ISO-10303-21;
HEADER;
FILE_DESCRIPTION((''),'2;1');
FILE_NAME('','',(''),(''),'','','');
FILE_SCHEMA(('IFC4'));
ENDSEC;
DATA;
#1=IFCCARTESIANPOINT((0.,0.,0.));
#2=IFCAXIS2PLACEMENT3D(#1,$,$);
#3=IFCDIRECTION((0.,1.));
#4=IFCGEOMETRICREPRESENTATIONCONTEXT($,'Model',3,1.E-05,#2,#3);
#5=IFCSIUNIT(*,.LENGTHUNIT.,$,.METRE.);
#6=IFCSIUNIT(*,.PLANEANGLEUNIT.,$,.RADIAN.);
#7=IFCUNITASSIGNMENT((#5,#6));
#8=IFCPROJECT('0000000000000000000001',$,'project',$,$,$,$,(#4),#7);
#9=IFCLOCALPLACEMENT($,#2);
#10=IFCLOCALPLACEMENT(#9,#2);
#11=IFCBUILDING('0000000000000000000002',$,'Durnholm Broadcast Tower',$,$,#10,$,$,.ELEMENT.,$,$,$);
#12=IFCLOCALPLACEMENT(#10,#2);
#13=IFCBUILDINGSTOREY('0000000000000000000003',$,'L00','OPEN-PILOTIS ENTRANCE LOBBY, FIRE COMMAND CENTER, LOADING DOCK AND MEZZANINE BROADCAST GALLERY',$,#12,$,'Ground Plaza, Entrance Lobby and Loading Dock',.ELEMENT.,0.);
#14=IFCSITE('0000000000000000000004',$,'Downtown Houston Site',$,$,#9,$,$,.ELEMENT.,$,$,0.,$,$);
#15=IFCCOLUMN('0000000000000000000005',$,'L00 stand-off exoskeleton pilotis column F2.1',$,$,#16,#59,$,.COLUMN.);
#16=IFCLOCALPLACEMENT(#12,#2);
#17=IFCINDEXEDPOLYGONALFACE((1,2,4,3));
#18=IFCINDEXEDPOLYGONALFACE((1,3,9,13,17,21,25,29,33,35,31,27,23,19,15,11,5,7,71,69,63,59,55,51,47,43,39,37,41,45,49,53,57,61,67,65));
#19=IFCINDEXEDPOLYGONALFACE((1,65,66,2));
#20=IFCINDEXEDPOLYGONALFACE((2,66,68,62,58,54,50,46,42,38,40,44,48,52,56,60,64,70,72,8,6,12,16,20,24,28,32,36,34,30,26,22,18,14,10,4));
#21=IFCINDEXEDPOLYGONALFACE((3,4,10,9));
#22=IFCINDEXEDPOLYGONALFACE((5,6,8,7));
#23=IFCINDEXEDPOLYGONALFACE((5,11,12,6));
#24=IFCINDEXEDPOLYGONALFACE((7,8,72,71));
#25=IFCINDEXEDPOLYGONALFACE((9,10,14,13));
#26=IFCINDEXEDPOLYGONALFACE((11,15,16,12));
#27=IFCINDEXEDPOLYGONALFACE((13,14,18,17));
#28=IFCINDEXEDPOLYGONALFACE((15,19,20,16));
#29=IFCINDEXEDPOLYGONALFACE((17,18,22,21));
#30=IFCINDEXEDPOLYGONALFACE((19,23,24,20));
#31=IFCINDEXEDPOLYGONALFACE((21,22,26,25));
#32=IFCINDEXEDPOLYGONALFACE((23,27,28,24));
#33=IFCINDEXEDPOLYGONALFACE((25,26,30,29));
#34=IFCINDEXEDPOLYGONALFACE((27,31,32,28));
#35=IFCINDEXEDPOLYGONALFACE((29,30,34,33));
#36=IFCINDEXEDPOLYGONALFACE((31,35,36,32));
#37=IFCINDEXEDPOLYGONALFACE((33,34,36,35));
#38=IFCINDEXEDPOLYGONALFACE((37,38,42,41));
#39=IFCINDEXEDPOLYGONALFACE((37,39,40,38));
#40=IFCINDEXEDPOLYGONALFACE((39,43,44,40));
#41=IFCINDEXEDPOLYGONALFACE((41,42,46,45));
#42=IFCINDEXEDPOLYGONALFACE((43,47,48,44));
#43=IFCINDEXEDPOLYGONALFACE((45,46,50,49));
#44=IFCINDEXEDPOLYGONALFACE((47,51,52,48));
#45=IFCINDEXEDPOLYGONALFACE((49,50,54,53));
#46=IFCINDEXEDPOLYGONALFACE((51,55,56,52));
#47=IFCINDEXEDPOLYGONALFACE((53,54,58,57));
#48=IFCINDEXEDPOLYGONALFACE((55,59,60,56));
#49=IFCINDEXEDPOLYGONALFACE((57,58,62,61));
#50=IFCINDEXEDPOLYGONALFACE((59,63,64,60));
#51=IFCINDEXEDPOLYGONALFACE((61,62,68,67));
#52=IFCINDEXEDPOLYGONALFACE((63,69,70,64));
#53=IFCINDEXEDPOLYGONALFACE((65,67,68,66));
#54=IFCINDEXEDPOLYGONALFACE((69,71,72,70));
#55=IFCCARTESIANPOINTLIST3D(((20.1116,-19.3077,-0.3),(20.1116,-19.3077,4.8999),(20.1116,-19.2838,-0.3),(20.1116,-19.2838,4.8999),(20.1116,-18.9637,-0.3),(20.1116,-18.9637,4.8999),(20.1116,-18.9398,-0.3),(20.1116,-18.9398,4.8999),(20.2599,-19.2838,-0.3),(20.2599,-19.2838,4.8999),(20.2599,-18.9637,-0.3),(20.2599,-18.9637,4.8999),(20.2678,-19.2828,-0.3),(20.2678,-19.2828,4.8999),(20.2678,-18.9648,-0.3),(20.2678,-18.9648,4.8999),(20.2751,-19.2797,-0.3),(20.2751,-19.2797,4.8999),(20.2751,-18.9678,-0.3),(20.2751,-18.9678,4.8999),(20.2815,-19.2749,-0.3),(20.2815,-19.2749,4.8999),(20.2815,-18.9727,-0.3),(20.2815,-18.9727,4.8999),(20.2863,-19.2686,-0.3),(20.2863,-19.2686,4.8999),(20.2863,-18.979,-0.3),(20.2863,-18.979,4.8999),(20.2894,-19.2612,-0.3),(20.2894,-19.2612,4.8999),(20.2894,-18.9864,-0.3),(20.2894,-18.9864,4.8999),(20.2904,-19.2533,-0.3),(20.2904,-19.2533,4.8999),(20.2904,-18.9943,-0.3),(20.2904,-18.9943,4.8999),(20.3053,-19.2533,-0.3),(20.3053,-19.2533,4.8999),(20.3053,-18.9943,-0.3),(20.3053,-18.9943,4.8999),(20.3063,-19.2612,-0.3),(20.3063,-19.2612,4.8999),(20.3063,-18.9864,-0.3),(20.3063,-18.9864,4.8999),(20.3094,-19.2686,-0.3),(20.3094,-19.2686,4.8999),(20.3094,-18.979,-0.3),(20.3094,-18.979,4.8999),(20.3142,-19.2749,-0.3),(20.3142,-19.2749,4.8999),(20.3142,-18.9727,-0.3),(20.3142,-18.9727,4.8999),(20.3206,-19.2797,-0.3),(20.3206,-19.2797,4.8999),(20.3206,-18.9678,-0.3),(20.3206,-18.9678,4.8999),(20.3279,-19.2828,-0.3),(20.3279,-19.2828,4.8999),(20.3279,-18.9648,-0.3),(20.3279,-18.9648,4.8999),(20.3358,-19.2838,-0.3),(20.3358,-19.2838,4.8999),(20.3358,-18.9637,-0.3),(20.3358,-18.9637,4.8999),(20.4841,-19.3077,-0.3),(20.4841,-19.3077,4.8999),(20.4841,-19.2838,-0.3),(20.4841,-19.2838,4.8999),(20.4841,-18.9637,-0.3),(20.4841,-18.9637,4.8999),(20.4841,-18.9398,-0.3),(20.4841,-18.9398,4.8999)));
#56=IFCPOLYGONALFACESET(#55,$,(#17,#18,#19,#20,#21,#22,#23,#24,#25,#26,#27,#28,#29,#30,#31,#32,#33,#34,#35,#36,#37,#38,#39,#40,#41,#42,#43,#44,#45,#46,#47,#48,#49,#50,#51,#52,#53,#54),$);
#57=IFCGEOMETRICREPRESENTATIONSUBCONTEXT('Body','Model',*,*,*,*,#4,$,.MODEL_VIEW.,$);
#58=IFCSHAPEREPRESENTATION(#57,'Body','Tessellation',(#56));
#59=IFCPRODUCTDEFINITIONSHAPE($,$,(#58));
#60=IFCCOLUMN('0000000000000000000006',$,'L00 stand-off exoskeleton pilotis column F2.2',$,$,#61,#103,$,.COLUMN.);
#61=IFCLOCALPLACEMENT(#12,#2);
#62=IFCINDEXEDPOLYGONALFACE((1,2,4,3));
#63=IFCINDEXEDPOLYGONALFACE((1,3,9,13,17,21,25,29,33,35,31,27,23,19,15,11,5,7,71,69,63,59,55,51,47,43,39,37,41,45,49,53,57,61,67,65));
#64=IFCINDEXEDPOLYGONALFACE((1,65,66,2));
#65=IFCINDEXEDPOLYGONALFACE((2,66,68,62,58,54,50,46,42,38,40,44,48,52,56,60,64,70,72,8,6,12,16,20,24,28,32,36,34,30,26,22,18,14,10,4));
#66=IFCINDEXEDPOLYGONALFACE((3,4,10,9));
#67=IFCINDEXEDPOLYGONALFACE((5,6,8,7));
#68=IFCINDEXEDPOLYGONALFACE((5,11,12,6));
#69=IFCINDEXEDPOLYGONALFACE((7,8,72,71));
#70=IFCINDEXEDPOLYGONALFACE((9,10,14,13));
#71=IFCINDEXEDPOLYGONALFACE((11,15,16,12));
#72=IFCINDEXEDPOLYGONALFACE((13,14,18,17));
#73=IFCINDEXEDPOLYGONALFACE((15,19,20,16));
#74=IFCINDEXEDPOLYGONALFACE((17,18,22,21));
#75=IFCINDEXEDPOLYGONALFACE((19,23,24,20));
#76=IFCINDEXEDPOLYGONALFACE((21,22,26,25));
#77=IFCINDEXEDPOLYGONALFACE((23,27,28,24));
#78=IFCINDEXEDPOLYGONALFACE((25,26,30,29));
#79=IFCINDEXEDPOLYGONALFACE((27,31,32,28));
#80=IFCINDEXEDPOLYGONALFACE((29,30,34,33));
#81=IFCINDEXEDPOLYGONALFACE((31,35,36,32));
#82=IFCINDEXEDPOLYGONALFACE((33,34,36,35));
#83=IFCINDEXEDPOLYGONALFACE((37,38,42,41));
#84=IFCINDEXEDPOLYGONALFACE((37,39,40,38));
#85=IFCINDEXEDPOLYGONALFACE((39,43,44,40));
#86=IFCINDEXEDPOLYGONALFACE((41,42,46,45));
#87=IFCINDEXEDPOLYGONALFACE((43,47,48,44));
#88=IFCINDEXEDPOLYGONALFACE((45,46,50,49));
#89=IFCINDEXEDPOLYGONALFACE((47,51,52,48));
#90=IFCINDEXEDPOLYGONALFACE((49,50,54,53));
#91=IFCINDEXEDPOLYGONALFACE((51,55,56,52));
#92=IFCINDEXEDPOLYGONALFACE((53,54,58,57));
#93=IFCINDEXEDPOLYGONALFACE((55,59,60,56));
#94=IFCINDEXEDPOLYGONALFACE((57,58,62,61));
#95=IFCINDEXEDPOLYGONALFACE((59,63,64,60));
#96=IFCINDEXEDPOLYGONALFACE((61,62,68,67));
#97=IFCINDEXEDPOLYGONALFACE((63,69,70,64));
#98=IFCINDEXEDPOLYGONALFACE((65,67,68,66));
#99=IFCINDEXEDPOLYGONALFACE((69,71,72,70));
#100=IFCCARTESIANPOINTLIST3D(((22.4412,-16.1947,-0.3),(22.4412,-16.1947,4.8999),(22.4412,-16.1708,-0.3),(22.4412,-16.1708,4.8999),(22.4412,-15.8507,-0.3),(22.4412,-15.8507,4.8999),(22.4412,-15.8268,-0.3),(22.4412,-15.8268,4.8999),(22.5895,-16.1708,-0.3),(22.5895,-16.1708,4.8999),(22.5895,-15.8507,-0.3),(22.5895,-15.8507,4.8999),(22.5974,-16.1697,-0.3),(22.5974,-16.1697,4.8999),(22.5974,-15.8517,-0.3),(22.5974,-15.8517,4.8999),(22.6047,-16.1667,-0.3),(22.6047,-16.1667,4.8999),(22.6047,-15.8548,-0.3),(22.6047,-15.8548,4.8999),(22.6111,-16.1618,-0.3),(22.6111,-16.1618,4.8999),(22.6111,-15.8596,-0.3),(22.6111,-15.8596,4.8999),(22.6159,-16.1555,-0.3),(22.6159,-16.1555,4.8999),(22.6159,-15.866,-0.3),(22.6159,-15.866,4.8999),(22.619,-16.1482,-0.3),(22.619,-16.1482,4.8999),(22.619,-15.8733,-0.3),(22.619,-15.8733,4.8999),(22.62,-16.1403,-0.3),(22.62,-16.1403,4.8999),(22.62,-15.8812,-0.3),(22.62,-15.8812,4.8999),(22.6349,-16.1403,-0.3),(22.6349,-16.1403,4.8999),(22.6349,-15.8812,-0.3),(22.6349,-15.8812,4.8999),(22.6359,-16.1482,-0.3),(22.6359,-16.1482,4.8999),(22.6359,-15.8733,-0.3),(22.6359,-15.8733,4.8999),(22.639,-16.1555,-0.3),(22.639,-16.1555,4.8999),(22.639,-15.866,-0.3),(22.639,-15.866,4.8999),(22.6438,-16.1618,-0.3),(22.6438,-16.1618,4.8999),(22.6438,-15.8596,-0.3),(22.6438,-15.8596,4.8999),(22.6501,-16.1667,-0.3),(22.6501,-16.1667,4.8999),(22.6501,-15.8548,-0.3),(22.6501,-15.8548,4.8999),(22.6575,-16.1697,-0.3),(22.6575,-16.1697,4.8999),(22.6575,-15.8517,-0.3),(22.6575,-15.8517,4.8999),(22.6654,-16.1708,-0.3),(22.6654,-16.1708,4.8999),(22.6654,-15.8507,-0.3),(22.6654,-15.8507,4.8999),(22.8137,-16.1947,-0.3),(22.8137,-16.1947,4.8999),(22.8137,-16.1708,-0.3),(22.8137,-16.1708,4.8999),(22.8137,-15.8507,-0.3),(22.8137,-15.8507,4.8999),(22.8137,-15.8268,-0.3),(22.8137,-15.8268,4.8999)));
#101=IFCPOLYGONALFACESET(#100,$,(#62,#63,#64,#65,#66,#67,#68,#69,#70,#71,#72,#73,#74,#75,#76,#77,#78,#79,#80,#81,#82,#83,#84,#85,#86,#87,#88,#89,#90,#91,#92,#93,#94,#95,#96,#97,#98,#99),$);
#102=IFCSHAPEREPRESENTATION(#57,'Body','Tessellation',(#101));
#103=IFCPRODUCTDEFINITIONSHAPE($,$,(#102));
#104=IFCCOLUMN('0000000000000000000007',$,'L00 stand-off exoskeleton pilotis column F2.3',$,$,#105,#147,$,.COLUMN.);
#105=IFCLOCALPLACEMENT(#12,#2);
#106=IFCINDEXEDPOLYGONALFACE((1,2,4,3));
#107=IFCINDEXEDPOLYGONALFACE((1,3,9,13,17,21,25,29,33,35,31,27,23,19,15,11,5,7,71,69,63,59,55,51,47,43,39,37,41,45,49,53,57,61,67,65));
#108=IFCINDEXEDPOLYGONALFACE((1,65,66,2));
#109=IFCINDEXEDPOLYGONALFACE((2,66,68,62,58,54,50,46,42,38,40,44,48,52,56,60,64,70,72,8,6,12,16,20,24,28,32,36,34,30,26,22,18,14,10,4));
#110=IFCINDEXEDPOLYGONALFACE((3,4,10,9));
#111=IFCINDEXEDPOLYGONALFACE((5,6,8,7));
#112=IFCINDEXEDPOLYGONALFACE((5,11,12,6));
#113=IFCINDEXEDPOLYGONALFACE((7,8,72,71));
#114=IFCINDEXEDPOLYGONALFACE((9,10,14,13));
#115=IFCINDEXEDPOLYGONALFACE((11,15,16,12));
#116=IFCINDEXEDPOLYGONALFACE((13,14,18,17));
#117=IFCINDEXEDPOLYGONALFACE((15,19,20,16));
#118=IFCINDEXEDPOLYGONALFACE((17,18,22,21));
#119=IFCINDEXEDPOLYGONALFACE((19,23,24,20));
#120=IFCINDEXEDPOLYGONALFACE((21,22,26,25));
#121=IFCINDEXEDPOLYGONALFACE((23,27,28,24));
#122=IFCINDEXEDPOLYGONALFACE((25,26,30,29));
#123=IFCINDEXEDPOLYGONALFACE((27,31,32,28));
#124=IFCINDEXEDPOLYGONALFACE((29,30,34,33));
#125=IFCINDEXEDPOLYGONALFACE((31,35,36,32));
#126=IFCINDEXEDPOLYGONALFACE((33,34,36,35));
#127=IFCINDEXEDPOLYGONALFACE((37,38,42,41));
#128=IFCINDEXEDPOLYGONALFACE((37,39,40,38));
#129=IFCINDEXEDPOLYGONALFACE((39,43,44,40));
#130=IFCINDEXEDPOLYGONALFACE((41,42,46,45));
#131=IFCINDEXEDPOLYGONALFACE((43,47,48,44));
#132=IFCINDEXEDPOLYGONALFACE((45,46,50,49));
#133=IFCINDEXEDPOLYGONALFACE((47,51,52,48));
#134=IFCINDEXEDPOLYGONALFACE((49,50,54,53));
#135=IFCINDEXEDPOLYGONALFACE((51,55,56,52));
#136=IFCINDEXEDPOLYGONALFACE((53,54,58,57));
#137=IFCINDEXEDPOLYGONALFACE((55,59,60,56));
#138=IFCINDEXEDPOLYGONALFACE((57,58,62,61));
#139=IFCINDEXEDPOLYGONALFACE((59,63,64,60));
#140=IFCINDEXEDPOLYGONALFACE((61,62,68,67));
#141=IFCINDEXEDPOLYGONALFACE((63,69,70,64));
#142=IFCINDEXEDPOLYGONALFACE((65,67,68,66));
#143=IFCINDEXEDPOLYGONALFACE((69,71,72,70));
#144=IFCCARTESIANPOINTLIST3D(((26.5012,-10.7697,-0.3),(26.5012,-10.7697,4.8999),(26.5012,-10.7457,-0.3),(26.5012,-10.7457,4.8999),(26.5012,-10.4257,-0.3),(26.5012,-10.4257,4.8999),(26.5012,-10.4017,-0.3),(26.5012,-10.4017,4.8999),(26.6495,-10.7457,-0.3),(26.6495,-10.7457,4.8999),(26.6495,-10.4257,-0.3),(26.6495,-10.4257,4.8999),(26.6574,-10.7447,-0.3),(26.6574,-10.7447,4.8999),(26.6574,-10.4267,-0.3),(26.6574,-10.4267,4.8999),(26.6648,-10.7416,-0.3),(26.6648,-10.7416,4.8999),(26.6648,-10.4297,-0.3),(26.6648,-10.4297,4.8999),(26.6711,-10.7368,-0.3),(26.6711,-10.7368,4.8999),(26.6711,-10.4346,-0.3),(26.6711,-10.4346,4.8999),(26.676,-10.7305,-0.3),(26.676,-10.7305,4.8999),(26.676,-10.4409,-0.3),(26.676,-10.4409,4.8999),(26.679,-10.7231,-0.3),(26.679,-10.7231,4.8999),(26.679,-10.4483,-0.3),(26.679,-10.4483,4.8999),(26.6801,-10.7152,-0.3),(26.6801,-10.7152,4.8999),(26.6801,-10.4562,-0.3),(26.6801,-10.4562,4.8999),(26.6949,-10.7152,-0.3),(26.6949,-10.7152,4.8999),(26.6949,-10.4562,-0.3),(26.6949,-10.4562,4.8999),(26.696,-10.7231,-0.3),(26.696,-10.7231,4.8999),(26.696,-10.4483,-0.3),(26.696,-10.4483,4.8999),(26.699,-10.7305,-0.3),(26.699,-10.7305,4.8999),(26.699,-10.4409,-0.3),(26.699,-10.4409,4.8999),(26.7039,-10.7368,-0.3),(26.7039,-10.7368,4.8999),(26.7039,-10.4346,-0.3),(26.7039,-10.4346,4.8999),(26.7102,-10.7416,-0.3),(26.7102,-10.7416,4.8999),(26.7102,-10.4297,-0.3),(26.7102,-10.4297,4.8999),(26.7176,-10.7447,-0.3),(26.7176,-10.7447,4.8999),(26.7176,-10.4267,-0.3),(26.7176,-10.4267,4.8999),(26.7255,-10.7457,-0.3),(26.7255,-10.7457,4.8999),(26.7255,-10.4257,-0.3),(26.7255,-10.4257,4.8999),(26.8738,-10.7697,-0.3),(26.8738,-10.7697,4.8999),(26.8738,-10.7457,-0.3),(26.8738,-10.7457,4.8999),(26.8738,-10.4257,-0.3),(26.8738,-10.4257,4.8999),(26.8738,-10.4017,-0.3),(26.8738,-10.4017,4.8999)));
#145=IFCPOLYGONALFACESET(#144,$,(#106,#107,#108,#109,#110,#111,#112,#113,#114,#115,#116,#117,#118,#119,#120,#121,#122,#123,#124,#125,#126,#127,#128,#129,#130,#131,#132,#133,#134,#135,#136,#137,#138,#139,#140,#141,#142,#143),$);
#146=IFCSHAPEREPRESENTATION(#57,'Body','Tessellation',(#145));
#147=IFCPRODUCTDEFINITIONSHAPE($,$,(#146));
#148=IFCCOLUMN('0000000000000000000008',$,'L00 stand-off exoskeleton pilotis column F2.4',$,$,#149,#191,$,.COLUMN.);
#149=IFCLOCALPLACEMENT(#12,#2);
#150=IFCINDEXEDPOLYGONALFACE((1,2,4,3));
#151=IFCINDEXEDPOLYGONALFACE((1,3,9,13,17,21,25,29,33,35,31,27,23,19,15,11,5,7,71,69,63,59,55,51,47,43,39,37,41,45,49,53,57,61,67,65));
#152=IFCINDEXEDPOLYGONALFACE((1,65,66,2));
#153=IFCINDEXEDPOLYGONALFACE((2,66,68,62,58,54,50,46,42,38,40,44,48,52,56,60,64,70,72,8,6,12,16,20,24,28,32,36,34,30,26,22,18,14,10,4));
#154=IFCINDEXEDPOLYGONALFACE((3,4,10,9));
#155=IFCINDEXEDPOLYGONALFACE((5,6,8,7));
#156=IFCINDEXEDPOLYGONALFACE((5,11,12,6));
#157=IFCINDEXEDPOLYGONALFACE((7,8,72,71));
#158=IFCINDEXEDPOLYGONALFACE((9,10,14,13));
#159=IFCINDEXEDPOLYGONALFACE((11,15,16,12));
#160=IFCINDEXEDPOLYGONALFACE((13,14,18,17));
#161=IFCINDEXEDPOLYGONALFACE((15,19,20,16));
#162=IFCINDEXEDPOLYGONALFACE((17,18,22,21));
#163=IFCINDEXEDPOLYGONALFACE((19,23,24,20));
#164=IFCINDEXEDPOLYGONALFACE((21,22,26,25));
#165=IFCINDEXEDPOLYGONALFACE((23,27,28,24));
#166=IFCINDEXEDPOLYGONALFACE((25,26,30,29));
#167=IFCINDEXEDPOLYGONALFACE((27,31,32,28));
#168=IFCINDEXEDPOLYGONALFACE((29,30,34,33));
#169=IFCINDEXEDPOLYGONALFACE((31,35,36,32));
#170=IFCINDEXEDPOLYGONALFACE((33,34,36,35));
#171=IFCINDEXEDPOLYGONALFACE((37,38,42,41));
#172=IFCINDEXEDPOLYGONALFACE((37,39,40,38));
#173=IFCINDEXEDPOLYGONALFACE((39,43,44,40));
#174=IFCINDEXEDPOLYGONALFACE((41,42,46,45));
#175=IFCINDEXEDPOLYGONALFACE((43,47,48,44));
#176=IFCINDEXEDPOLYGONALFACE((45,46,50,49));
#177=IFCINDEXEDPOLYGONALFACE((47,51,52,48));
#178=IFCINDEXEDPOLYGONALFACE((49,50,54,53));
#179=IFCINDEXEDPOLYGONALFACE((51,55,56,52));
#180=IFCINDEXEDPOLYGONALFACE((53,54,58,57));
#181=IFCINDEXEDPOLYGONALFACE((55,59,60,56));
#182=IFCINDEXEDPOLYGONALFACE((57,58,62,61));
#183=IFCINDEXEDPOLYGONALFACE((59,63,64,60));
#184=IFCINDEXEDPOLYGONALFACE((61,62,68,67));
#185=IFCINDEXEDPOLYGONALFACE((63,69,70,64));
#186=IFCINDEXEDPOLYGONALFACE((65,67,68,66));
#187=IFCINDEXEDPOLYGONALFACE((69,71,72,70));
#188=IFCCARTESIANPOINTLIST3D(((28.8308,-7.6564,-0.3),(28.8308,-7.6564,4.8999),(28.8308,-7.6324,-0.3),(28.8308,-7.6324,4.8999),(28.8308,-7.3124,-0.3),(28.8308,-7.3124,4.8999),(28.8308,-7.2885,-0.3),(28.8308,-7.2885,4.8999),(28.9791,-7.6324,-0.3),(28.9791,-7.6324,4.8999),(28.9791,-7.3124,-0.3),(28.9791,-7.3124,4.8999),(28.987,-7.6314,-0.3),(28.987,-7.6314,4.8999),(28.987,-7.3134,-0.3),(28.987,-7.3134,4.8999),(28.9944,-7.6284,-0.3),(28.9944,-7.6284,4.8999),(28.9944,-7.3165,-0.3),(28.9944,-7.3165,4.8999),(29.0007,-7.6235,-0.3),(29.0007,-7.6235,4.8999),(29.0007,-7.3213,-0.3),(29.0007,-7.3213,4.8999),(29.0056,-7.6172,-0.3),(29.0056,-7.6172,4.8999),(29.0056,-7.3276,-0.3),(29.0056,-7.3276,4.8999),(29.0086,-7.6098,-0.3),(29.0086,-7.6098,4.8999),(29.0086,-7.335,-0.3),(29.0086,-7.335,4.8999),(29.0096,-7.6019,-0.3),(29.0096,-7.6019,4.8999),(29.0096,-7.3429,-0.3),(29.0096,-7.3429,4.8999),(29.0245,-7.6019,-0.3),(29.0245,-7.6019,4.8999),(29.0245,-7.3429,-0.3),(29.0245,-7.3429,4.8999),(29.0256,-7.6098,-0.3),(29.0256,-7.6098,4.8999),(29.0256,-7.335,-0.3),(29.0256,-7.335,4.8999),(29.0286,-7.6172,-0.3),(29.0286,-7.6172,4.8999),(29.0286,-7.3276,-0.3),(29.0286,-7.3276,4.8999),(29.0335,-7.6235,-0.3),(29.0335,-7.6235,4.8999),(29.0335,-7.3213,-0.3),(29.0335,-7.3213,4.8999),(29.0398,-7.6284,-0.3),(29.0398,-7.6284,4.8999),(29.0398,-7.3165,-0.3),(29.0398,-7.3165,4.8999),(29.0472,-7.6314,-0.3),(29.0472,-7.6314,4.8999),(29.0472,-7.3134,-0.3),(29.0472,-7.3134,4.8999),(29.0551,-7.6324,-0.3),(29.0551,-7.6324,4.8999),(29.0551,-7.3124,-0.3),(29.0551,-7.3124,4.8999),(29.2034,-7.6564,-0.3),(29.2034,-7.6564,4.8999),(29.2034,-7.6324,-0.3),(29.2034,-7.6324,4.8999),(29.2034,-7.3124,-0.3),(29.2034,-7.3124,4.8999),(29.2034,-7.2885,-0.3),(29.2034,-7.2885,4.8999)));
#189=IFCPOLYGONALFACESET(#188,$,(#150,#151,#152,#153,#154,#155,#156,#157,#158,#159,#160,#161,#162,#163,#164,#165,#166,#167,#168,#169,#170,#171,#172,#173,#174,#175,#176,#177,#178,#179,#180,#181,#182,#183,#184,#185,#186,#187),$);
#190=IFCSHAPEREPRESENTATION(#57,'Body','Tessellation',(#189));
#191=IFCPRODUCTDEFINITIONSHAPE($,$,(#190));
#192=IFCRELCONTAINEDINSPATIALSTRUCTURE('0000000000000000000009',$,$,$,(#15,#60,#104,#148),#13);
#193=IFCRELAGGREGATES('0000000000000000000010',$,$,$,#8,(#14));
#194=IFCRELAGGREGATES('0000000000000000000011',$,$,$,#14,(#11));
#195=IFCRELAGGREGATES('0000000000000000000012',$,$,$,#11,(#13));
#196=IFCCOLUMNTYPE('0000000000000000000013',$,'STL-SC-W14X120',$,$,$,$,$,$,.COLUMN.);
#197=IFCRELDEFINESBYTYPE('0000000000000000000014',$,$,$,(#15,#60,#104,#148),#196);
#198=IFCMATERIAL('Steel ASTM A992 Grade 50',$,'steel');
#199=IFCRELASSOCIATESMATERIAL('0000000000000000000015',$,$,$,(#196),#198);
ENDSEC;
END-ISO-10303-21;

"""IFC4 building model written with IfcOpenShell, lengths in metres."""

from ifc_helpers import new_model, si_unit, direction, frame, origin, origin_2d, place, context, subcontext, project, spatial, i_section, extrude, source, transform, mapped, material, material_profile, profile_set, type_object, type_shapes, element, save


model = new_model("IFC4")

# Units and contexts
model_context = context("Model", 3, precision=1e-05, world=origin(), true_north=direction((0.0, 1.0)))
body_context = subcontext(model_context, "Body", "Model", "MODEL_VIEW")
ifc_project = project(units=[si_unit("LENGTHUNIT", "METRE"), si_unit("PLANEANGLEUNIT", "RADIAN")], contexts=[model_context])

# Site, building, storey
site_placement = place(None, origin())
site = spatial("IfcSite", under=ifc_project, at=site_placement, Name="Downtown Houston Site", CompositionType="ELEMENT", RefElevation=0.0)
building_placement = place(site_placement, origin())
building = spatial("IfcBuilding", under=site, at=building_placement, Name="Durnholm Broadcast Tower", CompositionType="ELEMENT")
storey_placement = place(building_placement, origin())
storey = spatial("IfcBuildingStorey", under=building, at=storey_placement, Name="L00", Description="OPEN-PILOTIS ENTRANCE LOBBY, FIRE COMMAND CENTER, LOADING DOCK AND MEZZANINE BROADCAST GALLERY", LongName="Ground Plaza, Entrance Lobby and Loading Dock", CompositionType="ELEMENT", Elevation=0.0)

# Columns
ifc_material_1 = material(Name="Steel ASTM A992 Grade 50", Category="steel")
ifc_material_profile_1 = material_profile(ifc_material_1, i_section(OverallWidth=0.3726, OverallDepth=0.3679, WebThickness=0.0149, FlangeThickness=0.0239, FilletRadius=0.0305, at=origin_2d()), Name="W14X120")
ifc_profile_set_1 = profile_set([ifc_material_profile_1], Name="Steel ASTM A992 Grade 50")
column_type_1 = type_object("IfcColumnType", Name="STL-SC-W14X120", PredefinedType="COLUMN", material=ifc_profile_set_1)
shared_shape_1 = source(origin(), body_context, "Body", "SweptSolid", [
    extrude(i_section(OverallWidth=0.3726, OverallDepth=0.3679, WebThickness=0.0149, FlangeThickness=0.0239, FilletRadius=0.0305, at=origin_2d()), origin(), (0.0, 0.0, 1.0), 5.2),
])
type_shapes(column_type_1, [shared_shape_1])
for number, where, z_axis, x_axis, name in (
    (1, (20.2979, -19.1238, -0.3), (0.0, 0.0, 1.0), (1.0, 0.0, 0.0), "L00 stand-off exoskeleton pilotis column F2.1"),
    (2, (22.6274, -16.0107, -0.3), (0.0, 0.0, 1.0), (1.0, 0.0, 0.0), "L00 stand-off exoskeleton pilotis column F2.2"),
    (3, (26.6875, -10.5857, -0.3), (0.0, 0.0, 1.0), (1.0, 0.0, 0.0), "L00 stand-off exoskeleton pilotis column F2.3"),
    (4, (29.0171, -7.4724, -0.3), (0.0, 0.0, 1.0), (1.0, 0.0, 0.0), "L00 stand-off exoskeleton pilotis column F2.4"),
):
    element("IfcColumn", number, at=place(storey_placement, frame(where, z_axis=z_axis, x_axis=x_axis)), inside=storey, type_object=column_type_1, Name=name, PredefinedType="COLUMN", context=body_context, shape_type="MappedRepresentation", body=[
        mapped(shared_shape_1, transform((0.0, 0.0, 0.0), x_axis=(1.0, 0.0, 0.0), y_axis=(0.0, 1.0, 0.0), z_axis=(0.0, 0.0, 1.0), scale=1.0)),
    ])

save(model, "model.ifc")
